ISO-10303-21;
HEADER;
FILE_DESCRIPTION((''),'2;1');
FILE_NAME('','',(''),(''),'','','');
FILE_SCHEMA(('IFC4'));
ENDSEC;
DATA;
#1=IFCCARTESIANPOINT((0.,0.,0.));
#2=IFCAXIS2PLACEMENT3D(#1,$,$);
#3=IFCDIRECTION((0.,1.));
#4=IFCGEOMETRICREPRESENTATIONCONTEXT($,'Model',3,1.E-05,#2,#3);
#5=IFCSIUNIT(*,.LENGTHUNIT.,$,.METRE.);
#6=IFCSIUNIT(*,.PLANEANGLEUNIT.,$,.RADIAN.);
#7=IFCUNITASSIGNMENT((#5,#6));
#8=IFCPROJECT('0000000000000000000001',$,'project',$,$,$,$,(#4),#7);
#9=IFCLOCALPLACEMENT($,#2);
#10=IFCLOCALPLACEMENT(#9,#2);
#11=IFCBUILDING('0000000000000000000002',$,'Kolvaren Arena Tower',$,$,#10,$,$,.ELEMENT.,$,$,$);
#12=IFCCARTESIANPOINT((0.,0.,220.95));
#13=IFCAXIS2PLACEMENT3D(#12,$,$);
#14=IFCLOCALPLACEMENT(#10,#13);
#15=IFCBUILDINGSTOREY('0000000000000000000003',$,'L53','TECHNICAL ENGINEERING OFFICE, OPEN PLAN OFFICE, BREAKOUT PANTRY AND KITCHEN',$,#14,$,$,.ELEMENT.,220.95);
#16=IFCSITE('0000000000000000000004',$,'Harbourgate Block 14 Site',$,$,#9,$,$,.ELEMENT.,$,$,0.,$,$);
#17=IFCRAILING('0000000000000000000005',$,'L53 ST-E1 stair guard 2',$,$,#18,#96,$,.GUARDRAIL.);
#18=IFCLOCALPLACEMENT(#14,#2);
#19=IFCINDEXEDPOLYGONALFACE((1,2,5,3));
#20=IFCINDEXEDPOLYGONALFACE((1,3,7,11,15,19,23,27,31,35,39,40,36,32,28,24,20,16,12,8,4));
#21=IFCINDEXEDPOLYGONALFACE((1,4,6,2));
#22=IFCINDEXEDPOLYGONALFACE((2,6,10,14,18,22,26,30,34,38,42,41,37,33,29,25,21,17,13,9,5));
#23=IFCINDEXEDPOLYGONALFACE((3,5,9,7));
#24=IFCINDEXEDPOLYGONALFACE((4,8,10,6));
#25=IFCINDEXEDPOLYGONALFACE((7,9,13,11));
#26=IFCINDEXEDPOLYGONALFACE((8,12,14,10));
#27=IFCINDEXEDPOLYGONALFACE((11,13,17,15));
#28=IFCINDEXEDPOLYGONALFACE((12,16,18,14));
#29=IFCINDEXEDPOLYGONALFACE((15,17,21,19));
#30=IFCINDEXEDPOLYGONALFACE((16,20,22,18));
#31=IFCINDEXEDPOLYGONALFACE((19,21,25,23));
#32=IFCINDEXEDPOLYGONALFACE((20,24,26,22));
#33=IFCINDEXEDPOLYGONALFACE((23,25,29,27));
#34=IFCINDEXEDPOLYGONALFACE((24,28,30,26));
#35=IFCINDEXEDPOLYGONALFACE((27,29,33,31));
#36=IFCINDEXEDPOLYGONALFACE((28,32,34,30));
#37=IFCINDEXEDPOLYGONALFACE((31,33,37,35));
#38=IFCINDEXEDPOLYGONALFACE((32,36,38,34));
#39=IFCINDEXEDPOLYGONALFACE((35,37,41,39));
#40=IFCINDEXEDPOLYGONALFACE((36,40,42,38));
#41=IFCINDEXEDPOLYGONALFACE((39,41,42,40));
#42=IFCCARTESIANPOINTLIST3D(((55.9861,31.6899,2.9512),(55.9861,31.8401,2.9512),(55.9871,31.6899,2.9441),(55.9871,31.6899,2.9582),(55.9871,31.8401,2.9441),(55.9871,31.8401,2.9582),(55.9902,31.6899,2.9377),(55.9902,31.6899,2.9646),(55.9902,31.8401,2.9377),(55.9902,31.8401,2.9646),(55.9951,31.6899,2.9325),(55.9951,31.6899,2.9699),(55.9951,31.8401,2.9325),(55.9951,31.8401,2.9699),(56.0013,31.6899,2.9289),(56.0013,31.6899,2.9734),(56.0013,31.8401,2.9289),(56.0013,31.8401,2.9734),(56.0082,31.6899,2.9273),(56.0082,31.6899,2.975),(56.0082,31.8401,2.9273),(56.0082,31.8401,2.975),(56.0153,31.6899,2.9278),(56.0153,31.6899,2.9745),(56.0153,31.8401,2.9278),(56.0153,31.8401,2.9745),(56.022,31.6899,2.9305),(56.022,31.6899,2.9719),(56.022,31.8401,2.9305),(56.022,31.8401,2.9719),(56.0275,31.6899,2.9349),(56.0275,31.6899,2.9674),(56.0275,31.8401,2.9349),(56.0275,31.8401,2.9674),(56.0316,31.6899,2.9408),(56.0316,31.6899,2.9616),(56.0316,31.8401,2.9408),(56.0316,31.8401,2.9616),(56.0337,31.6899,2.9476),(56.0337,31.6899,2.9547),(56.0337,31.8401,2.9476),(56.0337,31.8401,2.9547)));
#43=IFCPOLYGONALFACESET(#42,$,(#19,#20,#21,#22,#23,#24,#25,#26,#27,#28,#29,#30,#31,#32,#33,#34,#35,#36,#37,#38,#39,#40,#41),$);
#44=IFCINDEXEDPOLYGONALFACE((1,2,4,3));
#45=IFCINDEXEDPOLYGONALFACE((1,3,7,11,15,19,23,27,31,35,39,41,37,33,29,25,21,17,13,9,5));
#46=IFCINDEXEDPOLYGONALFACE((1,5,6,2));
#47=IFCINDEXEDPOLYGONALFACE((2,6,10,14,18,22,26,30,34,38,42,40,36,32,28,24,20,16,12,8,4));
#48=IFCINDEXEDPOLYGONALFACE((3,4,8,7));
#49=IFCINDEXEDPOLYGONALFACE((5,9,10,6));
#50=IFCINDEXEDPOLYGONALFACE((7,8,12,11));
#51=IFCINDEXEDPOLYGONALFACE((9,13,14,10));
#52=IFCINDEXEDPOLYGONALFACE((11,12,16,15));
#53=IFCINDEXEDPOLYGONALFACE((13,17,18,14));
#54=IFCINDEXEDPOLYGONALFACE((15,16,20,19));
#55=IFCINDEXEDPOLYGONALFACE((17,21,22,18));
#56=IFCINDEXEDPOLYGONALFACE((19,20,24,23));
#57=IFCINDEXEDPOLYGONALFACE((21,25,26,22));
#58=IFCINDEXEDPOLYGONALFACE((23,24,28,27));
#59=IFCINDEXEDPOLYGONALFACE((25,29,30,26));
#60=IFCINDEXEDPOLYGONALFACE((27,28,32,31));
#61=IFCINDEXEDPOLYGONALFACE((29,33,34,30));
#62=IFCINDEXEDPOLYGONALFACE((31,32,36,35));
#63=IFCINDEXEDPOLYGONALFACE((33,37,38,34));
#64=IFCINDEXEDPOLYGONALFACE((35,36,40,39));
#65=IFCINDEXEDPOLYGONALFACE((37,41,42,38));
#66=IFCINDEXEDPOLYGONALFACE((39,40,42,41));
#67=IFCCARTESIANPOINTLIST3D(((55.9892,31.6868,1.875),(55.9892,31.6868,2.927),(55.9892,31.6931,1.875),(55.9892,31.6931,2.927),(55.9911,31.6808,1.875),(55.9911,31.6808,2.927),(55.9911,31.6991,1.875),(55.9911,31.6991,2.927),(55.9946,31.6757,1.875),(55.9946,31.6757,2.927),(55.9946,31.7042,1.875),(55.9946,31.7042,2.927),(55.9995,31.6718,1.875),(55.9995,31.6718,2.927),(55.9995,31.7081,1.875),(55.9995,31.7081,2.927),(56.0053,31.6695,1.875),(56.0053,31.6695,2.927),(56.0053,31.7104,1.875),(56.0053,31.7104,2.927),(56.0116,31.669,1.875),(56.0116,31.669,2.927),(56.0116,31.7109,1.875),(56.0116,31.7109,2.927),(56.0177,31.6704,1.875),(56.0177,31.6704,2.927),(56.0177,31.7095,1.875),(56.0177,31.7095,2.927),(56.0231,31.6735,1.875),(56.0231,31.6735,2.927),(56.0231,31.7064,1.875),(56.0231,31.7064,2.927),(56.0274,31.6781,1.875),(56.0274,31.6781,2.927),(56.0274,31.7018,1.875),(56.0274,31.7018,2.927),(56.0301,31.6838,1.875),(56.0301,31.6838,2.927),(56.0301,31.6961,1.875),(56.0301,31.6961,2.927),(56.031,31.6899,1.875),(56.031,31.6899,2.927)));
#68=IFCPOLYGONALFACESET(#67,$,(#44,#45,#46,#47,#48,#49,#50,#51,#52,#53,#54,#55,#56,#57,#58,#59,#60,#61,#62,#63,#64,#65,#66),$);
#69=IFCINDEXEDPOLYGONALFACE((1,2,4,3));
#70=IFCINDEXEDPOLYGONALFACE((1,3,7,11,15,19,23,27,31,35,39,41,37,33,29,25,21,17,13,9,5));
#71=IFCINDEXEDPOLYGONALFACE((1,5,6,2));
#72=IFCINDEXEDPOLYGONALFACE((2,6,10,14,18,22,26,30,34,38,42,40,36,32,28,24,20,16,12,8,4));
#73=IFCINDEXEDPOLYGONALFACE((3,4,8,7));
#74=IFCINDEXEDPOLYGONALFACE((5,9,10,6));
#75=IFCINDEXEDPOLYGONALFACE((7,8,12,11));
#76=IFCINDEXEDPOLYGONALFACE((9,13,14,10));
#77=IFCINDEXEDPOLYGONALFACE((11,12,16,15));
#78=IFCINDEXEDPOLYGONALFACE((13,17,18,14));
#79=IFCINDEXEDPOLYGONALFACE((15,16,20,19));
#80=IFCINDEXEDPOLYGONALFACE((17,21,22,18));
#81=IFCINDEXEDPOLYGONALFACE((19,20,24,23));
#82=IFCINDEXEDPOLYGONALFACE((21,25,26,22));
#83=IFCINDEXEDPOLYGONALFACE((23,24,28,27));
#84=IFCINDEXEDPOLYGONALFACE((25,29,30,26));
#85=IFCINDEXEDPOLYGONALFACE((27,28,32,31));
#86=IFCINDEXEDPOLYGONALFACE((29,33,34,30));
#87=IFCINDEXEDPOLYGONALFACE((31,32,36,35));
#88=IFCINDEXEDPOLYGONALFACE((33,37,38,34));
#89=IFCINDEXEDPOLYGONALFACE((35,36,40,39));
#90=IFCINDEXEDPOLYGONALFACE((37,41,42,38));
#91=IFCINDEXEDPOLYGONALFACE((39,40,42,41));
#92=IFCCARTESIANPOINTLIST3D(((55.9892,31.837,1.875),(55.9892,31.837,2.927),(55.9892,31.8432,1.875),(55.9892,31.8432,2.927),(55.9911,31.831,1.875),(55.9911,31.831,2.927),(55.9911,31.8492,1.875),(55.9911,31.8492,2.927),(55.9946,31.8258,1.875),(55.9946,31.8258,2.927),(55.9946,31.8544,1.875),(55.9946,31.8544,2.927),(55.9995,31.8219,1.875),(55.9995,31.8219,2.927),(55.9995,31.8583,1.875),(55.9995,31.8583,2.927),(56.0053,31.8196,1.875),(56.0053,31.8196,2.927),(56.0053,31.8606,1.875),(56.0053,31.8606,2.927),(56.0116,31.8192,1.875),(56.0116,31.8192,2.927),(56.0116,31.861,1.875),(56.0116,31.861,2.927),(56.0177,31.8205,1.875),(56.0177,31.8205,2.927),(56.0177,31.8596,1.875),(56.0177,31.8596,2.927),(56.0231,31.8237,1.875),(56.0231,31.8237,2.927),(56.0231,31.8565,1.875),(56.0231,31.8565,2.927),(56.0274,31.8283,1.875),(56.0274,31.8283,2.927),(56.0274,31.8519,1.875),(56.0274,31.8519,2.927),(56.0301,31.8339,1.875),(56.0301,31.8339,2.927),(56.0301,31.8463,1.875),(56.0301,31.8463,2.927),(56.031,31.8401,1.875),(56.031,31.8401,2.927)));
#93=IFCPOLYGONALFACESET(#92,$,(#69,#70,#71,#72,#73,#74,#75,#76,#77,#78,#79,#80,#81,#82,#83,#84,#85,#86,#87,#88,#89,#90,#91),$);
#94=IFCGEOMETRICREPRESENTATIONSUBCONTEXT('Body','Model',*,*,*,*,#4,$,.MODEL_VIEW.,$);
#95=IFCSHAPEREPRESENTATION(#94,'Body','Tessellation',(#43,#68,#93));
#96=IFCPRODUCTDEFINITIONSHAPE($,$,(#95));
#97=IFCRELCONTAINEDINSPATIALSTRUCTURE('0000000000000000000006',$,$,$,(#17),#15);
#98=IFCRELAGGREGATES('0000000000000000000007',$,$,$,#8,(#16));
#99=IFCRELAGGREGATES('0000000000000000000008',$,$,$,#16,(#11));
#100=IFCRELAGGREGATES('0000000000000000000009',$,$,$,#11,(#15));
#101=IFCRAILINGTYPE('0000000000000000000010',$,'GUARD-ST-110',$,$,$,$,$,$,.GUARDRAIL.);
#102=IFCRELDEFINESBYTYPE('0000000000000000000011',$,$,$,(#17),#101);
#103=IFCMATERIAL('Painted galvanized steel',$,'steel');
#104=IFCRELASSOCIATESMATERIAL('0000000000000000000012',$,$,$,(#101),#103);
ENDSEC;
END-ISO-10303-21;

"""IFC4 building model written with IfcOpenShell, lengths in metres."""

from ifc_helpers import new_model, si_unit, direction, frame, origin, origin_2d, place, context, subcontext, project, spatial, circle, extrude, material, type_object, element, save


model = new_model("IFC4")

# Units and contexts
model_context = context("Model", 3, precision=1e-05, world=origin(), true_north=direction((0.0, 1.0)))
body_context = subcontext(model_context, "Body", "Model", "MODEL_VIEW")
ifc_project = project(units=[si_unit("LENGTHUNIT", "METRE"), si_unit("PLANEANGLEUNIT", "RADIAN")], contexts=[model_context])

# Site, building, storey
site_placement = place(None, origin())
site = spatial("IfcSite", under=ifc_project, at=site_placement, Name="Harbourgate Block 14 Site", CompositionType="ELEMENT", RefElevation=0.0)
building_placement = place(site_placement, origin())
building = spatial("IfcBuilding", under=site, at=building_placement, Name="Kolvaren Arena Tower", CompositionType="ELEMENT")
storey_placement = place(building_placement, frame((0.0, 0.0, 220.95)))
storey = spatial("IfcBuildingStorey", under=building, at=storey_placement, Name="L53", Description="TECHNICAL ENGINEERING OFFICE, OPEN PLAN OFFICE, BREAKOUT PANTRY AND KITCHEN", CompositionType="ELEMENT", Elevation=220.95)

# Railing
ifc_material_1 = material(Name="Painted galvanized steel", Category="steel")
railing_type_1 = type_object("IfcRailingType", Name="GUARD-ST-110", PredefinedType="GUARDRAIL", material=ifc_material_1)
railing_1_placement = place(storey_placement, frame((56.01, 31.6899, 1.875)))
element("IfcRailing", 1, at=railing_1_placement, inside=storey, type_object=railing_type_1, Name="L53 ST-E1 stair guard 2", PredefinedType="GUARDRAIL", context=body_context, shape_type="SweptSolid", body=[
    extrude(circle(Radius=0.0239, at=origin_2d()), frame((0.0, 0.0, 1.0762), z_axis=(0.0, 1.0, 0.0), x_axis=(-1.0, 0.0, 0.0)), (0.0, 0.0, 1.0), 0.1501),
    extrude(circle(Radius=0.021, at=origin_2d()), origin(), (0.0, 0.0, 1.0), 1.052),
    extrude(circle(Radius=0.021, at=origin_2d()), frame((0.0, 0.1501, 0.0)), (0.0, 0.0, 1.0), 1.052),
])

save(model, "model.ifc")
